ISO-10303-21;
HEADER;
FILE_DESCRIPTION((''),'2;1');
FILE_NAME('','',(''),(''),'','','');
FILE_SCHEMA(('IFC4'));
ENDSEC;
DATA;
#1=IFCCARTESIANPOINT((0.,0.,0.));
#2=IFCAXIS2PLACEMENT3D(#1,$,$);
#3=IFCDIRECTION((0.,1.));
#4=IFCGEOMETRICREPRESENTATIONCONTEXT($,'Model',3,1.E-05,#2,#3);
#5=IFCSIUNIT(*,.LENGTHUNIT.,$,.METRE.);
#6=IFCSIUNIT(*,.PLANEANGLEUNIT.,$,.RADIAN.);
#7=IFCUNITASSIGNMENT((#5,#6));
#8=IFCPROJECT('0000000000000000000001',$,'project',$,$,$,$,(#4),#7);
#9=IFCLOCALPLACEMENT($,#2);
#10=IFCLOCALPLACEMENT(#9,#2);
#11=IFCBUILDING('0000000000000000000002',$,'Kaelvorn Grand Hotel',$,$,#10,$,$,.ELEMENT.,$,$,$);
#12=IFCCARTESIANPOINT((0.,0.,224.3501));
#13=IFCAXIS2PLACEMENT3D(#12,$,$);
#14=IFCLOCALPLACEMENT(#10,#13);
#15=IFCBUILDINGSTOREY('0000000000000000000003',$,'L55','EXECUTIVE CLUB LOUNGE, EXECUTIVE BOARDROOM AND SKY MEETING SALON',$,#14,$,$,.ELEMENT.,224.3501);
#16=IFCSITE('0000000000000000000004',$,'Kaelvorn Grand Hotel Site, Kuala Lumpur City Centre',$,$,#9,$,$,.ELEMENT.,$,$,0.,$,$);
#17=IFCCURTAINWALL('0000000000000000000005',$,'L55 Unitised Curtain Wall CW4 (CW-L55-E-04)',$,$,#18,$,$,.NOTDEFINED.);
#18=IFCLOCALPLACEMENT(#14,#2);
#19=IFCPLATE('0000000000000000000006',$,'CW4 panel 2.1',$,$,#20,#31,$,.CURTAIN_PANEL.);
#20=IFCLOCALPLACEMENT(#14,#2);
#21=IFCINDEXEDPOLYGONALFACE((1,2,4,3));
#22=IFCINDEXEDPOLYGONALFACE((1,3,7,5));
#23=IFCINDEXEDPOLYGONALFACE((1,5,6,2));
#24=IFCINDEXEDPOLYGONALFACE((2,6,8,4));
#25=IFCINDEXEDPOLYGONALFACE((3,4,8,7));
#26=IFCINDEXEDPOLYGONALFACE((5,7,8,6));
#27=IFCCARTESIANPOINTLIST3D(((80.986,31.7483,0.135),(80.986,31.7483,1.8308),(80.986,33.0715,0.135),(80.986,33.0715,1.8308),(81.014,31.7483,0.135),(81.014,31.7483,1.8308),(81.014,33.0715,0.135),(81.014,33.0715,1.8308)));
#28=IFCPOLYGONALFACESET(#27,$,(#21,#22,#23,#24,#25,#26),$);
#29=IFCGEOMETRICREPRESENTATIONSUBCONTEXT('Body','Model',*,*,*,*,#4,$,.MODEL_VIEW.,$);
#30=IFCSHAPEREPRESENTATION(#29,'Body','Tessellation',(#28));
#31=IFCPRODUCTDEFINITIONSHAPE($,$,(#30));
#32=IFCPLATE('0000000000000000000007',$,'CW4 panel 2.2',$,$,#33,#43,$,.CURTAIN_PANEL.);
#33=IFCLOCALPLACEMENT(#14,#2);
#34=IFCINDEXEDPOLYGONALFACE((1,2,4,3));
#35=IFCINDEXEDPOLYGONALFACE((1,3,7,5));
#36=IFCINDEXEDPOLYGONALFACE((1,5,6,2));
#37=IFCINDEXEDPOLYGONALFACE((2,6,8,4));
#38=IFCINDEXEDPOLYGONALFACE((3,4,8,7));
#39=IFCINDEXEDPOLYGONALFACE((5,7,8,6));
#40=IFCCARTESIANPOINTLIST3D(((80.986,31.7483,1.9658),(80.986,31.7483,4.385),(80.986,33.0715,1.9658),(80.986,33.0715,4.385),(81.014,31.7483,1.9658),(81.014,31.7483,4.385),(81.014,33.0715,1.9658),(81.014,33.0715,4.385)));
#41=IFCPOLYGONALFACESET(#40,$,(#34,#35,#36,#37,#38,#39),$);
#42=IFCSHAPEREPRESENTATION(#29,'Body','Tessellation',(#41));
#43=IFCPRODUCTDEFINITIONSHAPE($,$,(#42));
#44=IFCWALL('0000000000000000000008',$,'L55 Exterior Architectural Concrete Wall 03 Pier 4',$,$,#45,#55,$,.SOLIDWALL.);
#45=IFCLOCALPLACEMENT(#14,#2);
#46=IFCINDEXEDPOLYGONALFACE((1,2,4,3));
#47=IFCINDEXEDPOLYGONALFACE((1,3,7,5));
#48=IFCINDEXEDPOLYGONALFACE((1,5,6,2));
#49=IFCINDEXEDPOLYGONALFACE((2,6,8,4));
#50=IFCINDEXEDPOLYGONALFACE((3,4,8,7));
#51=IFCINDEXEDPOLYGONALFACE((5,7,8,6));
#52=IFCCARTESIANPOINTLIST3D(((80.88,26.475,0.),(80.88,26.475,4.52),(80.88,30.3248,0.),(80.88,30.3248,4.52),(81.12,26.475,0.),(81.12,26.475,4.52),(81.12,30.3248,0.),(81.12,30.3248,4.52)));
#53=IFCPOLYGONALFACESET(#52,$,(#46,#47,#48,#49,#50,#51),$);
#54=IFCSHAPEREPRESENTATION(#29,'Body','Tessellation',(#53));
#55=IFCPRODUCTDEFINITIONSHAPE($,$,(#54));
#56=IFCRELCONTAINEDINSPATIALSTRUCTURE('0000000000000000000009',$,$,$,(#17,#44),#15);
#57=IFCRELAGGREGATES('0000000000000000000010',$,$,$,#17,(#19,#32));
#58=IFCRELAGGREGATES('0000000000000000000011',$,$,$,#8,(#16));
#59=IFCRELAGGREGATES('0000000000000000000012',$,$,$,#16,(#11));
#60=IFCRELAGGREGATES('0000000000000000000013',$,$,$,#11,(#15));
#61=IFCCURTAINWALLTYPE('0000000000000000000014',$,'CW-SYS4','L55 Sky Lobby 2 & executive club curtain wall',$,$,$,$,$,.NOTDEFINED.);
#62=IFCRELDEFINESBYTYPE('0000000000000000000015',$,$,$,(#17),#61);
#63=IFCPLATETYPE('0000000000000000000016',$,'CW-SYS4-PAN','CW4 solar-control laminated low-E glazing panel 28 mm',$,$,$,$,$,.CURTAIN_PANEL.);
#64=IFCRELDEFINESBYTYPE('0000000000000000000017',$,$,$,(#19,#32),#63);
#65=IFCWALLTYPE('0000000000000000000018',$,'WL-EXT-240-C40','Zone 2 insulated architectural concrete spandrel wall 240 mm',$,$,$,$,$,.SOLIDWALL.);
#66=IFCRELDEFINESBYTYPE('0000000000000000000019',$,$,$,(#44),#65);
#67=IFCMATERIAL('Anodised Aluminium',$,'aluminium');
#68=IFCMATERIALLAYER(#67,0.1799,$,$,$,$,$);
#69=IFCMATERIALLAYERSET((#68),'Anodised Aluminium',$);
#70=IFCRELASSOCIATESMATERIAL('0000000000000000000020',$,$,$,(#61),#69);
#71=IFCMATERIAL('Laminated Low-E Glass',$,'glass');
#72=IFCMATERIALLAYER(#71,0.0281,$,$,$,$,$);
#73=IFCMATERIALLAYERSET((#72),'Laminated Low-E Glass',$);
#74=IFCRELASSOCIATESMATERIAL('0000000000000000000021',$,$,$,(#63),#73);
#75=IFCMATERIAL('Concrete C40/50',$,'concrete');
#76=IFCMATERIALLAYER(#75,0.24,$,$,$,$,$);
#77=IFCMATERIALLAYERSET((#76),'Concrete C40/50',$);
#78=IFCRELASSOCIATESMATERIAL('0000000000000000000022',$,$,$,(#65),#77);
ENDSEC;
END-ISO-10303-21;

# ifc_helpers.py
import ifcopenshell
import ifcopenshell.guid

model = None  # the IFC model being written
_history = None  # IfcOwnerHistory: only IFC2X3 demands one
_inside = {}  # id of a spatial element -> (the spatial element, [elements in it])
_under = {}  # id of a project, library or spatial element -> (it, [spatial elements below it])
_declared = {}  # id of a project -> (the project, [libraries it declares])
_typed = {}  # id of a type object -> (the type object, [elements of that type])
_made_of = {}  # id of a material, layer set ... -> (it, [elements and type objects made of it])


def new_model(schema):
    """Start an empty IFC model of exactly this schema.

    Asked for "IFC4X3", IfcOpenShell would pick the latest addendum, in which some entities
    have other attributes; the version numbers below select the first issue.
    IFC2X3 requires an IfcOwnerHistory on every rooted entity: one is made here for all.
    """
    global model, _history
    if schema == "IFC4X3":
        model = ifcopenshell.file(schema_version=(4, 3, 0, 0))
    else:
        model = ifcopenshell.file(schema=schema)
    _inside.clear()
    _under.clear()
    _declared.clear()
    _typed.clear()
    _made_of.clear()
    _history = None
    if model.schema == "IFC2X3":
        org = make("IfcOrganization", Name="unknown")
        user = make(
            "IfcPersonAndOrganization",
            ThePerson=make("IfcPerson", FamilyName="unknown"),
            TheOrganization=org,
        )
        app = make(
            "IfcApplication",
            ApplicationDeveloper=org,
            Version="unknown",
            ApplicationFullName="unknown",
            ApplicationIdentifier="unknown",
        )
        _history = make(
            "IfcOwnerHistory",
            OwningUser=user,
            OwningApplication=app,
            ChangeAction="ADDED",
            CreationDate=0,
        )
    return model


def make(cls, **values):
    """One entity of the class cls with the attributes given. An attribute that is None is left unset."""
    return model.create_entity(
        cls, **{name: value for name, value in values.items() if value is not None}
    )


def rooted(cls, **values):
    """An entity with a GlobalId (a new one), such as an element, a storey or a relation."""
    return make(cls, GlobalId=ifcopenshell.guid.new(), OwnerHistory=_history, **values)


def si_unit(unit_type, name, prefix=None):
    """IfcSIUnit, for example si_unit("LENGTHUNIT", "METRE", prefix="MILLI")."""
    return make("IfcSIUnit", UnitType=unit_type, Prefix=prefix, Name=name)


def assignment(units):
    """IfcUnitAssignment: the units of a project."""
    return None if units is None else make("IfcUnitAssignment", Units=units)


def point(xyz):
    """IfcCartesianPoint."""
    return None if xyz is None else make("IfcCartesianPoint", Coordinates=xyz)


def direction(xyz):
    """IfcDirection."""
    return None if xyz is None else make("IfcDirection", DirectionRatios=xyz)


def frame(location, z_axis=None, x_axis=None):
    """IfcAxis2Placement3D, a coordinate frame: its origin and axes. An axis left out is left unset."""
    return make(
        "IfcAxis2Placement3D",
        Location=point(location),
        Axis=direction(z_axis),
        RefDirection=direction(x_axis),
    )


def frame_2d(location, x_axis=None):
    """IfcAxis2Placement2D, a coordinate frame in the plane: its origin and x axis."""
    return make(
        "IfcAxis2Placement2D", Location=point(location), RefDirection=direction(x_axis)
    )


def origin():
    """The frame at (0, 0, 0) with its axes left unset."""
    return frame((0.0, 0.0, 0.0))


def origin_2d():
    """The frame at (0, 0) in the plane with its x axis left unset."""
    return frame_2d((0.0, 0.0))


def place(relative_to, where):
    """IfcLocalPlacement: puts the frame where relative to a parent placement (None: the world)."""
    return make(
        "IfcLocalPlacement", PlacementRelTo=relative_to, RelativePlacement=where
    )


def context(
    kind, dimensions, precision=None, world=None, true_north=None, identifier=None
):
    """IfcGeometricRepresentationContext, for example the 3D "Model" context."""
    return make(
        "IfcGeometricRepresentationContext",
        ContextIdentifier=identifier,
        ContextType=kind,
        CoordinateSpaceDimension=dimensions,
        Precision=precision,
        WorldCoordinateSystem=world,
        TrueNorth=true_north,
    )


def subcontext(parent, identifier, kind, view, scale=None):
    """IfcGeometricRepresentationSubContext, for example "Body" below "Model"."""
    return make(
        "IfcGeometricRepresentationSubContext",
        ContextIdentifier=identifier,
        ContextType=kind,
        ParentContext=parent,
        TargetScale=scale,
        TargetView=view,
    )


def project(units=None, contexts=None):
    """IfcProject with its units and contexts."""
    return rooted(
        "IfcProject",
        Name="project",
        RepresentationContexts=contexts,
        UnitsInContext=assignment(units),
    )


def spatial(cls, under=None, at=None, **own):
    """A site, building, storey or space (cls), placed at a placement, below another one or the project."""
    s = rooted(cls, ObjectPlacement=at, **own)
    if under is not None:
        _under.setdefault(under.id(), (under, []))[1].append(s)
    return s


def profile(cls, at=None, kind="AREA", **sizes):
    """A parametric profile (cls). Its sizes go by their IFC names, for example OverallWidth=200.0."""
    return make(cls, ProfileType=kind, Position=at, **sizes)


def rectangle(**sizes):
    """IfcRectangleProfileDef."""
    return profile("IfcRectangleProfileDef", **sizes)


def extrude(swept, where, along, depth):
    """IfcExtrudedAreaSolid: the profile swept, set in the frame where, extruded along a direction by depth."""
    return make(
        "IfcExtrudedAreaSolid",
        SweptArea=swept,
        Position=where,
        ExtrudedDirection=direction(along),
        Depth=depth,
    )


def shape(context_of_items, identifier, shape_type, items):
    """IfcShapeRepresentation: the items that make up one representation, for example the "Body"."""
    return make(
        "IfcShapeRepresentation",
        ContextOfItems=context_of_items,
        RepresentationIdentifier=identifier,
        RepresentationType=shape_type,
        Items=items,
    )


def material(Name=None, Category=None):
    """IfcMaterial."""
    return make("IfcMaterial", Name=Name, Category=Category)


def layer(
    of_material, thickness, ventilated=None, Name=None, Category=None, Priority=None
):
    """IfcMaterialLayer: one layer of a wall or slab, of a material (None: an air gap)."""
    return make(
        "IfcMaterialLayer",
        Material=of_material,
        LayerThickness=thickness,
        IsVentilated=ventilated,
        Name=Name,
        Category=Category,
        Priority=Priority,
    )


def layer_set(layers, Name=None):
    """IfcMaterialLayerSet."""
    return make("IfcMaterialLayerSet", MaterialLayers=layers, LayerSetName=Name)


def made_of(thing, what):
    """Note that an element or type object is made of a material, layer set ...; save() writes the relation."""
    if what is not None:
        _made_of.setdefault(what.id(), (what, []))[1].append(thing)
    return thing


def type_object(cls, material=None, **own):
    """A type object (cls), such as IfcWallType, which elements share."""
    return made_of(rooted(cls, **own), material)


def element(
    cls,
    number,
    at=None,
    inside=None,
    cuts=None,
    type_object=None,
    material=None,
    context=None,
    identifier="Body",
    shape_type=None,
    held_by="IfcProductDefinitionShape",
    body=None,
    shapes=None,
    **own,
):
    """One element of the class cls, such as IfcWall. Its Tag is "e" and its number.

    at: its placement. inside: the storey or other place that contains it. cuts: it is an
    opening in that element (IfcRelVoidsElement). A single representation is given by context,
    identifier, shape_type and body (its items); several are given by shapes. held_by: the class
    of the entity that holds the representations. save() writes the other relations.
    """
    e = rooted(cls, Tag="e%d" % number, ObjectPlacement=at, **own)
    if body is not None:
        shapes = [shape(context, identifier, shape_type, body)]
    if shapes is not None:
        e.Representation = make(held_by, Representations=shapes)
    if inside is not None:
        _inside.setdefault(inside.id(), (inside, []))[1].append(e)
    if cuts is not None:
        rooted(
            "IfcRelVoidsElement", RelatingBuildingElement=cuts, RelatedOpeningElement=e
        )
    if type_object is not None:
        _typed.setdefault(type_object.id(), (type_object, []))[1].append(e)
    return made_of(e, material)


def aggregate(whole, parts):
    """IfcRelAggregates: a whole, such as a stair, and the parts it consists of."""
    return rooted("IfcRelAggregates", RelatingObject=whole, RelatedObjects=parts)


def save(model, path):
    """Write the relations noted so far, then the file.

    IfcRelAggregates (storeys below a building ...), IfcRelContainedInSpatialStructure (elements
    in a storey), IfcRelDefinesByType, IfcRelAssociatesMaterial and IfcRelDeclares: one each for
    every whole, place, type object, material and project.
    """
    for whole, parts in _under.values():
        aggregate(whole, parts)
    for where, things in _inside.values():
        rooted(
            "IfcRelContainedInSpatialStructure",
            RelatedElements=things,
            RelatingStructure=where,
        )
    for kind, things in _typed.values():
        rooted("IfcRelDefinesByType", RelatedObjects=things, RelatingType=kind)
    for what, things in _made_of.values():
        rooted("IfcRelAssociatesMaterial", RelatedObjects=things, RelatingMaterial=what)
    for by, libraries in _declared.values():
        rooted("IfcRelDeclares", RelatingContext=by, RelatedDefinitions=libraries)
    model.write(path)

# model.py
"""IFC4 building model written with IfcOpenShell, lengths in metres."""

from ifc_helpers import new_model, si_unit, direction, frame, frame_2d, origin, origin_2d, place, context, subcontext, project, spatial, rectangle, extrude, material, layer, layer_set, type_object, element, aggregate, save


model = new_model("IFC4")

# Units and contexts
model_context = context("Model", 3, precision=1e-05, world=origin(), true_north=direction((0.0, 1.0)))
body_context = subcontext(model_context, "Body", "Model", "MODEL_VIEW")
ifc_project = project(units=[si_unit("LENGTHUNIT", "METRE"), si_unit("PLANEANGLEUNIT", "RADIAN")], contexts=[model_context])

# Site, building, storey
site_placement = place(None, origin())
site = spatial("IfcSite", under=ifc_project, at=site_placement, Name="Kaelvorn Grand Hotel Site, Kuala Lumpur City Centre", CompositionType="ELEMENT", RefElevation=0.0)
building_placement = place(site_placement, origin())
building = spatial("IfcBuilding", under=site, at=building_placement, Name="Kaelvorn Grand Hotel", CompositionType="ELEMENT")
storey_placement = place(building_placement, frame((0.0, 0.0, 224.3501)))
storey = spatial("IfcBuildingStorey", under=building, at=storey_placement, Name="L55", Description="EXECUTIVE CLUB LOUNGE, EXECUTIVE BOARDROOM AND SKY MEETING SALON", CompositionType="ELEMENT", Elevation=224.3501)

# Shared definitions
ifc_material_1 = material(Name="Anodised Aluminium", Category="aluminium")
ifc_layer_1 = layer(ifc_material_1, 0.1799)
ifc_layer_set_1 = layer_set([ifc_layer_1], Name="Anodised Aluminium")
curtain_wall_type = type_object("IfcCurtainWallType", Name="CW-SYS4", Description="L55 Sky Lobby 2 & executive club curtain wall", PredefinedType="NOTDEFINED", material=ifc_layer_set_1)

# Curtain wall
curtain_wall_1_placement = place(storey_placement, origin())
curtain_wall_1 = element("IfcCurtainWall", 1, at=curtain_wall_1_placement, inside=storey, type_object=curtain_wall_type, Name="L55 Unitised Curtain Wall CW4 (CW-L55-E-04)", PredefinedType="NOTDEFINED")

# Plates
ifc_material_2 = material(Name="Laminated Low-E Glass", Category="glass")
ifc_layer_2 = layer(ifc_material_2, 0.0281)
ifc_layer_set_2 = layer_set([ifc_layer_2], Name="Laminated Low-E Glass")
plate_type = type_object("IfcPlateType", Name="CW-SYS4-PAN", Description="CW4 solar-control laminated low-E glazing panel 28 mm", PredefinedType="CURTAIN_PANEL", material=ifc_layer_set_2)
plate_1_placement = place(storey_placement, frame((81.0, 32.4099, 0.135), z_axis=(0.0, 0.0, 1.0), x_axis=(0.0, 1.0, 0.0)))
plate_1 = element("IfcPlate", 2, at=plate_1_placement, type_object=plate_type, Name="CW4 panel 2.1", PredefinedType="CURTAIN_PANEL", context=body_context, shape_type="SweptSolid", body=[
    extrude(rectangle(XDim=1.3232, YDim=0.0281, at=origin_2d()), origin(), (0.0, 0.0, 1.0), 1.6958),
])
plate_2_placement = place(storey_placement, frame((81.0, 32.4099, 1.9658), z_axis=(0.0, 0.0, 1.0), x_axis=(0.0, 1.0, 0.0)))
plate_2 = element("IfcPlate", 3, at=plate_2_placement, type_object=plate_type, Name="CW4 panel 2.2", PredefinedType="CURTAIN_PANEL", context=body_context, shape_type="SweptSolid", body=[
    extrude(rectangle(XDim=1.3232, YDim=0.0281, at=origin_2d()), origin(), (0.0, 0.0, 1.0), 2.4192),
])
aggregate(curtain_wall_1, [plate_1, plate_2])

# Wall
ifc_material_3 = material(Name="Concrete C40/50", Category="concrete")
ifc_layer_3 = layer(ifc_material_3, 0.24)
ifc_layer_set_3 = layer_set([ifc_layer_3], Name="Concrete C40/50")
wall_type = type_object("IfcWallType", Name="WL-EXT-240-C40", Description="Zone 2 insulated architectural concrete spandrel wall 240 mm", PredefinedType="SOLIDWALL", material=ifc_layer_set_3)
wall_placement = place(storey_placement, frame((81.0, 26.4751, 0.0), z_axis=(0.0, 0.0, 1.0), x_axis=(0.0, 1.0, 0.0)))
element("IfcWall", 4, at=wall_placement, inside=storey, type_object=wall_type, Name="L55 Exterior Architectural Concrete Wall 03 Pier 4", PredefinedType="SOLIDWALL", context=body_context, shape_type="SweptSolid", body=[
    extrude(rectangle(XDim=3.8499, YDim=0.24, at=frame_2d((1.9248, 0.0))), origin(), (0.0, 0.0, 1.0), 4.52),
])

save(model, "model.ifc")
